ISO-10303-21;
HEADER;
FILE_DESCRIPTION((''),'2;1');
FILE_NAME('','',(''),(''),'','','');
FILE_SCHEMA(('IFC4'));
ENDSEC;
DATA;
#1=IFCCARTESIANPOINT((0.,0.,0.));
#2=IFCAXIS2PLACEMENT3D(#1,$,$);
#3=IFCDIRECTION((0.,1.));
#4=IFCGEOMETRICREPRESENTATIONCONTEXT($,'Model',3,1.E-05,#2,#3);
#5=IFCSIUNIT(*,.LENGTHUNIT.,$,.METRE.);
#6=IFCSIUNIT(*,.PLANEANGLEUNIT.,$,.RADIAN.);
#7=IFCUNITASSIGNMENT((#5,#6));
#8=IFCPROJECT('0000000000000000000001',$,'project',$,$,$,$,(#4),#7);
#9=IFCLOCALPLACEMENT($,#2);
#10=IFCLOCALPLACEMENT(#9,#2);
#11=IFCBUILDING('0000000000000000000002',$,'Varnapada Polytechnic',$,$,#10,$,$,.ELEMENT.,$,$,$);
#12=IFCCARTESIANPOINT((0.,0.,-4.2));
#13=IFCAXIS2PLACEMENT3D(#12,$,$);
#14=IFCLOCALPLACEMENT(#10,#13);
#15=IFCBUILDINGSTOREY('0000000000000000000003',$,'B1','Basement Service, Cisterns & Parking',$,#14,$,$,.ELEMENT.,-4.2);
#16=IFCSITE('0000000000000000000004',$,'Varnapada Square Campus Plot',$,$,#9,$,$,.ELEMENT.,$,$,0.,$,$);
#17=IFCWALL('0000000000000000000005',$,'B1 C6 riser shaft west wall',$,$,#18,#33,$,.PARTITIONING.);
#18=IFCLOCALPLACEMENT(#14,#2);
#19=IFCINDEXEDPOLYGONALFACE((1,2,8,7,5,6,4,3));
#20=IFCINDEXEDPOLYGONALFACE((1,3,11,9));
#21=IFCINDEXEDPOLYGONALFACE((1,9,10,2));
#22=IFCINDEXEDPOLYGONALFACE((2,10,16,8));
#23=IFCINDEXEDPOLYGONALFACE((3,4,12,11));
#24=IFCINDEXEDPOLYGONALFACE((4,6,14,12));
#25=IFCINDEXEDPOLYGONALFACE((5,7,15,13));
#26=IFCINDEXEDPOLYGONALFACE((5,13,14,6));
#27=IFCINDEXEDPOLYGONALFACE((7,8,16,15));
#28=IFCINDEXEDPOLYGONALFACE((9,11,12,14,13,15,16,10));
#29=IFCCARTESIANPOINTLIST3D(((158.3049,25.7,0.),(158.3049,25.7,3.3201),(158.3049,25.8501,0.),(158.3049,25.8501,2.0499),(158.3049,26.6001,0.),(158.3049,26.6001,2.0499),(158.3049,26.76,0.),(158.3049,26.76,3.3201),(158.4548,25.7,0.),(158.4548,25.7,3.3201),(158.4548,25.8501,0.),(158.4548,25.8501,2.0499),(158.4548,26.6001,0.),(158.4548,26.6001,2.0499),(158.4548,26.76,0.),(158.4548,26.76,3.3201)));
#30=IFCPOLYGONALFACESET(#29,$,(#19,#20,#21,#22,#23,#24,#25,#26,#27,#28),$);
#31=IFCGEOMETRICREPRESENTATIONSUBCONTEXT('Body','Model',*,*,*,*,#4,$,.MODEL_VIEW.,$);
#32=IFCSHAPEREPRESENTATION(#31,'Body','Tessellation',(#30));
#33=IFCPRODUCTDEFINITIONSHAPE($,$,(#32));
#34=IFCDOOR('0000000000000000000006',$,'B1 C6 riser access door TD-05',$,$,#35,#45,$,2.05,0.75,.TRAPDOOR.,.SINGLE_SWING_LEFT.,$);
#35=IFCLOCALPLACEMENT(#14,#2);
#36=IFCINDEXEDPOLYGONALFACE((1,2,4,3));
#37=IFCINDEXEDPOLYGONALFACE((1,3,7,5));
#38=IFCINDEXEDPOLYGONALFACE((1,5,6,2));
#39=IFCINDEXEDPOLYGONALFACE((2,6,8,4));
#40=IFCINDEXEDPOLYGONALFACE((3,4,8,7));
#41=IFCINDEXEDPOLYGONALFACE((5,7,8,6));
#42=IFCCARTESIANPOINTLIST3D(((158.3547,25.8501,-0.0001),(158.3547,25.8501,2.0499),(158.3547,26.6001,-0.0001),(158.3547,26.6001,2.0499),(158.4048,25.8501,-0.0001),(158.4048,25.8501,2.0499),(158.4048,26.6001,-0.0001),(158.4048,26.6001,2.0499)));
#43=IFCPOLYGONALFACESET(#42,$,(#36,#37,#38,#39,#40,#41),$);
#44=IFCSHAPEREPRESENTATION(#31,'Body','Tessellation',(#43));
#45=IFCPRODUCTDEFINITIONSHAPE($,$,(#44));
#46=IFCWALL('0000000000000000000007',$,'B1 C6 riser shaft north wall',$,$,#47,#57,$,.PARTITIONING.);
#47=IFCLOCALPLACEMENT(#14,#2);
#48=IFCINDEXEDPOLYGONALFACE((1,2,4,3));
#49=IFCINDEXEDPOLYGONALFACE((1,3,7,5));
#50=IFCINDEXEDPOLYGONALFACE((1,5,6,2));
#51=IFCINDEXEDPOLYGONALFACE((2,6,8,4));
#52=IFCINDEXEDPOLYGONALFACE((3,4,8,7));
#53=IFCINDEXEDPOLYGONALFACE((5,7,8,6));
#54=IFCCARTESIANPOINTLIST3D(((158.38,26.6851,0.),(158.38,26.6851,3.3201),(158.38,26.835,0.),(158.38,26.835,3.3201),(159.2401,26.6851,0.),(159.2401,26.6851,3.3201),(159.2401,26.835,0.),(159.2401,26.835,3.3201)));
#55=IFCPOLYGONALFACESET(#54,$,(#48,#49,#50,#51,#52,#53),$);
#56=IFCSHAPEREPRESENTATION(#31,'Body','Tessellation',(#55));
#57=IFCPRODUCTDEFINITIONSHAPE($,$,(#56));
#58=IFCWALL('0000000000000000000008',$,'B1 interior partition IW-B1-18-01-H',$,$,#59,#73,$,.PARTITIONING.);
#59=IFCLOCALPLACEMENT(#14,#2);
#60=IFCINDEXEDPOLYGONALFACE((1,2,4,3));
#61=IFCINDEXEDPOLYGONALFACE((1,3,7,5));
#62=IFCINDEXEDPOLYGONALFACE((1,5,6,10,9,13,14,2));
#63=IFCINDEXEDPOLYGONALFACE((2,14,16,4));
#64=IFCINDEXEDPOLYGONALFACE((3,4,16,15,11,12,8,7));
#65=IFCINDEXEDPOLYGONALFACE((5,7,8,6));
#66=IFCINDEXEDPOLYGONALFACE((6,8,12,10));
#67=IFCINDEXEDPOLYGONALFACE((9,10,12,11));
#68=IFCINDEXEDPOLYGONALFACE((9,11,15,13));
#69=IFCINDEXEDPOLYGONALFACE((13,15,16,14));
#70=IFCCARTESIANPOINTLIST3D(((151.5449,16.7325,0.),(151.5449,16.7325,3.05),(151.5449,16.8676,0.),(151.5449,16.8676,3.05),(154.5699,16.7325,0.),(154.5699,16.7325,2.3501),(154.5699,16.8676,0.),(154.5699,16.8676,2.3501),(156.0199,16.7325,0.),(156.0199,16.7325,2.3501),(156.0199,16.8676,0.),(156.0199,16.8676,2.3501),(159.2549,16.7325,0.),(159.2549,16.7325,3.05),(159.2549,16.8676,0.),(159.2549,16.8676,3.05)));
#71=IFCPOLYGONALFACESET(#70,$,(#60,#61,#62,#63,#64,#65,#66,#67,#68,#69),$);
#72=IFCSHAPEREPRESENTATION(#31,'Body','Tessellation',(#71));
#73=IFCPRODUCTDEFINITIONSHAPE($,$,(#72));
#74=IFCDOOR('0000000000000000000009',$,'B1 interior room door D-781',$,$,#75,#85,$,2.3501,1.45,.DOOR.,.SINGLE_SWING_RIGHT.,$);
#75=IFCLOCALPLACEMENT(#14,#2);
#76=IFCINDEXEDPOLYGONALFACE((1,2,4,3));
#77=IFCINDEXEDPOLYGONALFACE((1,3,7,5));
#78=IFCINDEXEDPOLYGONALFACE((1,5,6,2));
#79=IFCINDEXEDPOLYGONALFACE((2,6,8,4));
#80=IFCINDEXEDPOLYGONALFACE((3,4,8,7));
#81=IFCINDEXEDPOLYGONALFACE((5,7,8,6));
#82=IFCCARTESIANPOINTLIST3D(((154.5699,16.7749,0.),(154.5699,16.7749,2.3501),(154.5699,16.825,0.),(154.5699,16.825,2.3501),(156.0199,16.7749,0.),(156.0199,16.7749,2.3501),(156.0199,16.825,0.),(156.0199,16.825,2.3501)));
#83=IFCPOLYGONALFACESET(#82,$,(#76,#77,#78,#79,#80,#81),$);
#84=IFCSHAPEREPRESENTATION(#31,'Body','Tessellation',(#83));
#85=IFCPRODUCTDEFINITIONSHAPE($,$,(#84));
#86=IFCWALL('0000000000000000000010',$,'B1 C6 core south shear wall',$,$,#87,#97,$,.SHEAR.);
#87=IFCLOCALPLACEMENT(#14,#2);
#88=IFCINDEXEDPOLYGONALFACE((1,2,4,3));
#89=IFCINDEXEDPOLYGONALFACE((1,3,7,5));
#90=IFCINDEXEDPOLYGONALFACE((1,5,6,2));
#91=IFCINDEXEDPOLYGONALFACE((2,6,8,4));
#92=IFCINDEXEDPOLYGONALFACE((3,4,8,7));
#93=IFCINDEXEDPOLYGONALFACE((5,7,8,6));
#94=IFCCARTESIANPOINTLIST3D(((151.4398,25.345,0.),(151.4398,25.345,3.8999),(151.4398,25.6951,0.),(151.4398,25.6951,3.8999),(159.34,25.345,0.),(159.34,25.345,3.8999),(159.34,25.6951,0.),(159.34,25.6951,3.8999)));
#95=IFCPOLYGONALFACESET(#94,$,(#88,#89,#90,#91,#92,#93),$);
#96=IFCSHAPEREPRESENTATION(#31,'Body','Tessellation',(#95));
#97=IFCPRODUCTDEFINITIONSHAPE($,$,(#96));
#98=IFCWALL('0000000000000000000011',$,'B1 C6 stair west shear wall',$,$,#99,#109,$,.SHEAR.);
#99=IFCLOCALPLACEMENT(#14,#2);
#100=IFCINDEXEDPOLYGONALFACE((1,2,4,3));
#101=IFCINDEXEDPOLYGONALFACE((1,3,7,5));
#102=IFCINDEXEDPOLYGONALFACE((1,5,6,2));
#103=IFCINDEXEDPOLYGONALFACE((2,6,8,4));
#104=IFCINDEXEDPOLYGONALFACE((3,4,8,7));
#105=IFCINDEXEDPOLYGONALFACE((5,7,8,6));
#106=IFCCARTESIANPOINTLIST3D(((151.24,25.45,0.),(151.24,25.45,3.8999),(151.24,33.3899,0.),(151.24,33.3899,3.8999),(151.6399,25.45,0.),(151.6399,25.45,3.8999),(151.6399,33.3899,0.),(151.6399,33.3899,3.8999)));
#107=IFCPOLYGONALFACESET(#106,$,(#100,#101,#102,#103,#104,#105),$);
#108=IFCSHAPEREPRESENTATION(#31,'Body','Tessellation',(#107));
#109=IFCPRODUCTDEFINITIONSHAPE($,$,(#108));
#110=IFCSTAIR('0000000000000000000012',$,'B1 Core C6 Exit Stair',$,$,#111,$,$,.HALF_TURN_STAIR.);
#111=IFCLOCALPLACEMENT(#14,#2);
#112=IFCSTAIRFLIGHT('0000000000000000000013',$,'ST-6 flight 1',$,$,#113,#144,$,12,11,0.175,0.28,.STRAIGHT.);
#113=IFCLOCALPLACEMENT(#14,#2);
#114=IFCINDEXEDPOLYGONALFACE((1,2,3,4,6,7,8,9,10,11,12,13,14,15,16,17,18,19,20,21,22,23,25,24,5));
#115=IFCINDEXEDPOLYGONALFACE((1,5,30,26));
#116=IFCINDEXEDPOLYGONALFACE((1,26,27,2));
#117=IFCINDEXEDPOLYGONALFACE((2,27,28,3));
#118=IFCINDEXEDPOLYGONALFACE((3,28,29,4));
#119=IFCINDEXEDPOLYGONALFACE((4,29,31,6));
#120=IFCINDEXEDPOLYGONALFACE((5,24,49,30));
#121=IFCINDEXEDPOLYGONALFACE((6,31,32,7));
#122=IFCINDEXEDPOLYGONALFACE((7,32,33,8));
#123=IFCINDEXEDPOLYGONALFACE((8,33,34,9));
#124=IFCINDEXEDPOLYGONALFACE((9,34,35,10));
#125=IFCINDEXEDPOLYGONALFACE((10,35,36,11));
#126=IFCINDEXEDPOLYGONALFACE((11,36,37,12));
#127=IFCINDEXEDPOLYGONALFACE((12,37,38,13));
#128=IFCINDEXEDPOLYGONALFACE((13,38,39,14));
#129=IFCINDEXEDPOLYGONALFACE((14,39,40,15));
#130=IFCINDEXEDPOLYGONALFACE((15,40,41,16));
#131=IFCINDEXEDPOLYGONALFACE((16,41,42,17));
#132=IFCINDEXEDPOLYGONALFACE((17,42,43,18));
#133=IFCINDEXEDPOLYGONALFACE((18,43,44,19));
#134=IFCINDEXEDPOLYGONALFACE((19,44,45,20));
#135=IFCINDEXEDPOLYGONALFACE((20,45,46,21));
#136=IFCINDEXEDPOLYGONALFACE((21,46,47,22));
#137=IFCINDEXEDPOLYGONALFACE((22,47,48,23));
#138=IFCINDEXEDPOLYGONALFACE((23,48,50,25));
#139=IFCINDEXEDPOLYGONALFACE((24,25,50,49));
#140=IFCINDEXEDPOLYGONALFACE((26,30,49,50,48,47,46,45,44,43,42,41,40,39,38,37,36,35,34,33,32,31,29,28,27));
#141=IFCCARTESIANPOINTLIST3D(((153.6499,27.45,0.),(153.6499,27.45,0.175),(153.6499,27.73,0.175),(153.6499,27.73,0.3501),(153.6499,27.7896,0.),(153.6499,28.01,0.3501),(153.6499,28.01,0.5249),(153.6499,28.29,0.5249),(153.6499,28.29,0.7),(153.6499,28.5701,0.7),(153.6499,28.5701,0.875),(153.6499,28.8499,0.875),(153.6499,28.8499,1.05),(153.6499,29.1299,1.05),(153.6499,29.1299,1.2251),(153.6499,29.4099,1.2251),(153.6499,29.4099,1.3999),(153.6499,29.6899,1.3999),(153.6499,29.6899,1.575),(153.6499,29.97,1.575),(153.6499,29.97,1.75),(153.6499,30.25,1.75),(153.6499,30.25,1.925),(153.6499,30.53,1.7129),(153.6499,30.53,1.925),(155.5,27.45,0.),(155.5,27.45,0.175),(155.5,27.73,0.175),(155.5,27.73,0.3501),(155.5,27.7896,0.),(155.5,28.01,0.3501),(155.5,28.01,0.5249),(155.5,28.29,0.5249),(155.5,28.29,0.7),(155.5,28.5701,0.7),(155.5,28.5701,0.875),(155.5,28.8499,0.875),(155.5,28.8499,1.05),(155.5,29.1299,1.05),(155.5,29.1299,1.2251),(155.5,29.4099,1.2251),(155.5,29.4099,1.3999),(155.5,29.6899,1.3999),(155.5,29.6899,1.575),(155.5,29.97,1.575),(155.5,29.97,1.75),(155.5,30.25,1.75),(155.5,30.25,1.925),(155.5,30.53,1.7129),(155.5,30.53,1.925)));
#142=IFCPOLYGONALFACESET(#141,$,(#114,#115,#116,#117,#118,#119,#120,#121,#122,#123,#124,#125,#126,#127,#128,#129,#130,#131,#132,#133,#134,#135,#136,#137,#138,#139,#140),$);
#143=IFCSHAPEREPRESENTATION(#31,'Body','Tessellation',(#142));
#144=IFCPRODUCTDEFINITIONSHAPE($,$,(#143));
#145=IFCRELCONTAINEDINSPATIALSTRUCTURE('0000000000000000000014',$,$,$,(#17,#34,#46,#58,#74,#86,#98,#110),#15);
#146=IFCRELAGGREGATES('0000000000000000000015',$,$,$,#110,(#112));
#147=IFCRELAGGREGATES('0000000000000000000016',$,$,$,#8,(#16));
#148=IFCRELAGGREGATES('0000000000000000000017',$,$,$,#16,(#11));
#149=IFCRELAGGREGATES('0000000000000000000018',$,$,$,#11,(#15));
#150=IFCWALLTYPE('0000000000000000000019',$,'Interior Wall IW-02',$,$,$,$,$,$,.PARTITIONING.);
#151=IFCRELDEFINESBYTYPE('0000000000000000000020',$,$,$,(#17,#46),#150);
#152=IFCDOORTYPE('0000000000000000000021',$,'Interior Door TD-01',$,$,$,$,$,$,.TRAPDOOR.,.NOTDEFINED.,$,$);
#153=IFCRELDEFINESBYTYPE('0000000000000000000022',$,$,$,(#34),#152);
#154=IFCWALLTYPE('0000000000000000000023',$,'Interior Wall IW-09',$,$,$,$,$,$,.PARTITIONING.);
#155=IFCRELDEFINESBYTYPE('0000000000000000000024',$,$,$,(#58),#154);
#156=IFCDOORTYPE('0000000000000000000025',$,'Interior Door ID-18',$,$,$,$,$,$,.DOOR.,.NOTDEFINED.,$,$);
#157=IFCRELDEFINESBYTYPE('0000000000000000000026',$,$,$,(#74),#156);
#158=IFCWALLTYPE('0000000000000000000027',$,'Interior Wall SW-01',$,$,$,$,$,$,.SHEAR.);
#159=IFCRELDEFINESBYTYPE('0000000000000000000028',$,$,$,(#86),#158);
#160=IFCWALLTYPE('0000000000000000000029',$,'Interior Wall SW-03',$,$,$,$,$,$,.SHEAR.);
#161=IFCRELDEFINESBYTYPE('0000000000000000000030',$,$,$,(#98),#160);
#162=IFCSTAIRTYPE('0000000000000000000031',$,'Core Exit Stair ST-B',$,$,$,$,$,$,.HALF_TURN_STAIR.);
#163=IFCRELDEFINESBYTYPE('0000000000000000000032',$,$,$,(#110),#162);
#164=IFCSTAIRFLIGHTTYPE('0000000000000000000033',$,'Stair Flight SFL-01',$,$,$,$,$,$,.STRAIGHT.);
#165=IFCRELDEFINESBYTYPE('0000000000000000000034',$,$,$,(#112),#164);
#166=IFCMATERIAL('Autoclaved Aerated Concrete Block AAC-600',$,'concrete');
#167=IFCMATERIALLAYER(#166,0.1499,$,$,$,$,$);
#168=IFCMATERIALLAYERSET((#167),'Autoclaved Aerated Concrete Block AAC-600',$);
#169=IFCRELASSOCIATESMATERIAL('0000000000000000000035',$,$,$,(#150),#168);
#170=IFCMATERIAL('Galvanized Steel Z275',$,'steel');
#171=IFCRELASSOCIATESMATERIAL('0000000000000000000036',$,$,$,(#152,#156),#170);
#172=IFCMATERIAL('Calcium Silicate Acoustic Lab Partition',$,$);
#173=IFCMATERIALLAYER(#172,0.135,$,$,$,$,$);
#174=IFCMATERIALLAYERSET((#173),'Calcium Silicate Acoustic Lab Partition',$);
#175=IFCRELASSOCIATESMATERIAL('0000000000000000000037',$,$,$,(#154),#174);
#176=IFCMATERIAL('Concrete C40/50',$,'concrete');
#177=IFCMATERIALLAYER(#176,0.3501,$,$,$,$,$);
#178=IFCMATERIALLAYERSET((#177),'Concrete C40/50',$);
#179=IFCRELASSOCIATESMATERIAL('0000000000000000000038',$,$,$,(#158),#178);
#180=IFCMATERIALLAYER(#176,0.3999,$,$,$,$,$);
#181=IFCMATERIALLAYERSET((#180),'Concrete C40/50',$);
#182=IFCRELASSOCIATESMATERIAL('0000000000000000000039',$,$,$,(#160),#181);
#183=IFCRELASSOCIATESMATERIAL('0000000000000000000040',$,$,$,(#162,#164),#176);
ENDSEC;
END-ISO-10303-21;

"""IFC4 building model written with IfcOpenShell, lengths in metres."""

from ifc_helpers import new_model, si_unit, direction, frame, frame_2d, origin, place, context, subcontext, project, spatial, polyline, rectangle, outline, extrude, material, layer, layer_set, type_object, element, fill, aggregate, save


model = new_model("IFC4")

# Units and contexts
model_context = context("Model", 3, precision=1e-05, world=origin(), true_north=direction((0.0, 1.0)))
body_context = subcontext(model_context, "Body", "Model", "MODEL_VIEW")
ifc_project = project(units=[si_unit("LENGTHUNIT", "METRE"), si_unit("PLANEANGLEUNIT", "RADIAN")], contexts=[model_context])

# Site, building, storey
site_placement = place(None, origin())
site = spatial("IfcSite", under=ifc_project, at=site_placement, Name="Varnapada Square Campus Plot", CompositionType="ELEMENT", RefElevation=0.0)
building_placement = place(site_placement, origin())
building = spatial("IfcBuilding", under=site, at=building_placement, Name="Varnapada Polytechnic", CompositionType="ELEMENT")
storey_placement = place(building_placement, frame((0.0, 0.0, -4.2)))
storey = spatial("IfcBuildingStorey", under=building, at=storey_placement, Name="B1", Description="Basement Service, Cisterns & Parking", CompositionType="ELEMENT", Elevation=-4.2)

# Shared definitions
ifc_material_1 = material(Name="Concrete C40/50", Category="concrete")

# Wall, opening, door
ifc_material_2 = material(Name="Autoclaved Aerated Concrete Block AAC-600", Category="concrete")
ifc_layer_1 = layer(ifc_material_2, 0.1499)
ifc_layer_set_1 = layer_set([ifc_layer_1], Name="Autoclaved Aerated Concrete Block AAC-600")
wall_type_1 = type_object("IfcWallType", Name="Interior Wall IW-02", PredefinedType="PARTITIONING", material=ifc_layer_set_1)
wall_1_placement = place(storey_placement, frame((158.3799, 26.76, 0.0), z_axis=(0.0, 0.0, 1.0), x_axis=(0.0, -1.0, 0.0)))
wall_1 = element("IfcWall", 1, at=wall_1_placement, inside=storey, type_object=wall_type_1, Name="B1 C6 riser shaft west wall", PredefinedType="PARTITIONING", context=body_context, shape_type="SweptSolid", body=[
    extrude(rectangle(XDim=1.0601, YDim=0.1499, at=frame_2d((0.53, 0.0))), origin(), (0.0, 0.0, 1.0), 3.3201),
])
opening_1_placement = place(wall_1_placement, frame((0.1599, 0.0, 0.0)))
opening_1 = element("IfcOpeningElement", 2, at=opening_1_placement, cuts=wall_1, PredefinedType="OPENING", context=body_context, shape_type="SweptSolid", body=[
    extrude(rectangle(XDim=0.75, YDim=2.05, at=frame_2d((0.375, 1.0249))), frame((0.0, 0.085, 0.0), z_axis=(0.0, -1.0, 0.0), x_axis=(1.0, 0.0, 0.0)), (0.0, 0.0, 1.0), 0.1699),
])
ifc_material_3 = material(Name="Galvanized Steel Z275", Category="steel")
door_type_1 = type_object("IfcDoorType", Name="Interior Door TD-01", OperationType="NOTDEFINED", PredefinedType="TRAPDOOR", material=ifc_material_3)
door_1_placement = place(opening_1_placement, origin())
door_1 = element("IfcDoor", 3, at=door_1_placement, inside=storey, type_object=door_type_1, Name="B1 C6 riser access door TD-05", OperationType="SINGLE_SWING_LEFT", OverallHeight=2.05, OverallWidth=0.75, PredefinedType="TRAPDOOR", context=body_context, shape_type="SweptSolid", body=[
    extrude(rectangle(XDim=0.75, YDim=2.05, at=frame_2d((0.375, 1.0249))), frame((0.0, 0.0249, 0.0), z_axis=(0.0, -1.0, 0.0), x_axis=(1.0, 0.0, 0.0)), (0.0, 0.0, 1.0), 0.05),
])
fill(opening_1, door_1)

# Wall
wall_2_placement = place(storey_placement, frame((158.3799, 26.76, 0.0), z_axis=(0.0, 0.0, 1.0), x_axis=(1.0, 0.0, 0.0)))
element("IfcWall", 4, at=wall_2_placement, inside=storey, type_object=wall_type_1, Name="B1 C6 riser shaft north wall", PredefinedType="PARTITIONING", context=body_context, shape_type="SweptSolid", body=[
    extrude(rectangle(XDim=0.8601, YDim=0.1499, at=frame_2d((0.4302, 0.0))), origin(), (0.0, 0.0, 1.0), 3.3201),
])

# Wall, opening, door
ifc_material_4 = material(Name="Calcium Silicate Acoustic Lab Partition")
ifc_layer_2 = layer(ifc_material_4, 0.135)
ifc_layer_set_2 = layer_set([ifc_layer_2], Name="Calcium Silicate Acoustic Lab Partition")
wall_type_2 = type_object("IfcWallType", Name="Interior Wall IW-09", PredefinedType="PARTITIONING", material=ifc_layer_set_2)
wall_3_placement = place(storey_placement, frame((151.5449, 16.8, 0.0), z_axis=(0.0, 0.0, 1.0), x_axis=(1.0, 0.0, 0.0)))
wall_3 = element("IfcWall", 5, at=wall_3_placement, inside=storey, type_object=wall_type_2, Name="B1 interior partition IW-B1-18-01-H", PredefinedType="PARTITIONING", context=body_context, shape_type="SweptSolid", body=[
    extrude(rectangle(XDim=7.71, YDim=0.135, at=frame_2d((3.855, 0.0))), origin(), (0.0, 0.0, 1.0), 3.05),
])
opening_2_placement = place(wall_3_placement, frame((3.0249, 0.0, 0.0)))
opening_2 = element("IfcOpeningElement", 6, at=opening_2_placement, cuts=wall_3, PredefinedType="OPENING", context=body_context, shape_type="SweptSolid", body=[
    extrude(rectangle(XDim=1.45, YDim=2.3501, at=frame_2d((0.7251, 1.175))), frame((0.0, 0.0774, 0.0), z_axis=(0.0, -1.0, 0.0), x_axis=(1.0, 0.0, 0.0)), (0.0, 0.0, 1.0), 0.155),
])
door_type_2 = type_object("IfcDoorType", Name="Interior Door ID-18", OperationType="NOTDEFINED", PredefinedType="DOOR", material=ifc_material_3)
door_2_placement = place(opening_2_placement, origin())
door_2 = element("IfcDoor", 7, at=door_2_placement, inside=storey, type_object=door_type_2, Name="B1 interior room door D-781", OperationType="SINGLE_SWING_RIGHT", OverallHeight=2.3501, OverallWidth=1.45, PredefinedType="DOOR", context=body_context, shape_type="SweptSolid", body=[
    extrude(rectangle(XDim=1.45, YDim=2.3501, at=frame_2d((0.7251, 1.175))), frame((0.0, 0.0249, 0.0), z_axis=(0.0, -1.0, 0.0), x_axis=(1.0, 0.0, 0.0)), (0.0, 0.0, 1.0), 0.05),
])
fill(opening_2, door_2)

# Wall
ifc_layer_3 = layer(ifc_material_1, 0.3501)
ifc_layer_set_3 = layer_set([ifc_layer_3], Name="Concrete C40/50")
wall_type_3 = type_object("IfcWallType", Name="Interior Wall SW-01", PredefinedType="SHEAR", material=ifc_layer_set_3)
wall_4_placement = place(storey_placement, frame((159.3401, 25.52, 0.0), z_axis=(0.0, 0.0, 1.0), x_axis=(-1.0, 0.0, 0.0)))
element("IfcWall", 8, at=wall_4_placement, inside=storey, type_object=wall_type_3, Name="B1 C6 core south shear wall", PredefinedType="SHEAR", context=body_context, shape_type="SweptSolid", body=[
    extrude(rectangle(XDim=7.9001, YDim=0.3501, at=frame_2d((3.9502, 0.0))), origin(), (0.0, 0.0, 1.0), 3.8999),
])

# Wall
ifc_layer_4 = layer(ifc_material_1, 0.3999)
ifc_layer_set_4 = layer_set([ifc_layer_4], Name="Concrete C40/50")
wall_type_4 = type_object("IfcWallType", Name="Interior Wall SW-03", PredefinedType="SHEAR", material=ifc_layer_set_4)
wall_5_placement = place(storey_placement, frame((151.4399, 25.45, 0.0), z_axis=(0.0, 0.0, 1.0), x_axis=(0.0, 1.0, 0.0)))
element("IfcWall", 9, at=wall_5_placement, inside=storey, type_object=wall_type_4, Name="B1 C6 stair west shear wall", PredefinedType="SHEAR", context=body_context, shape_type="SweptSolid", body=[
    extrude(rectangle(XDim=7.9399, YDim=0.3999, at=frame_2d((3.97, 0.0))), origin(), (0.0, 0.0, 1.0), 3.8999),
])

# Stair, stair flight
stair_type = type_object("IfcStairType", Name="Core Exit Stair ST-B", PredefinedType="HALF_TURN_STAIR", material=ifc_material_1)
stair_placement = place(storey_placement, origin())
stair = element("IfcStair", 10, at=stair_placement, inside=storey, type_object=stair_type, Name="B1 Core C6 Exit Stair", PredefinedType="HALF_TURN_STAIR")
stair_flight_type = type_object("IfcStairFlightType", Name="Stair Flight SFL-01", PredefinedType="STRAIGHT", material=ifc_material_1)
stair_flight_1_placement = place(storey_placement, frame((154.575, 27.45, 0.0), z_axis=(0.0, 0.0, 1.0), x_axis=(0.0, 1.0, 0.0)))
stair_flight_1 = element("IfcStairFlight", 11, at=stair_flight_1_placement, type_object=stair_flight_type, Name="ST-6 flight 1", NumberOfRisers=12, NumberOfTreads=11, PredefinedType="STRAIGHT", RiserHeight=0.175, TreadLength=0.28, context=body_context, shape_type="SweptSolid", body=[
    extrude(outline(polyline([(0.0, 0.0), (0.0, 0.175), (0.28, 0.175), (0.28, 0.3501), (0.5601, 0.3501), (0.5601, 0.5249), (0.8401, 0.5249), (0.8401, 0.7), (1.1201, 0.7), (1.1201, 0.875), (1.3999, 0.875), (1.3999, 1.05), (1.6799, 1.05), (1.6799, 1.2251), (1.96, 1.2251), (1.96, 1.3999), (2.24, 1.3999), (2.24, 1.575), (2.52, 1.575), (2.52, 1.75), (2.8, 1.75), (2.8, 1.925), (3.0801, 1.925), (3.0801, 2.1001), (3.0801, 1.7129), (0.3396, 0.0), (0.0, 0.0)])), frame((0.0, 0.925, 0.0), z_axis=(0.0, -1.0, 0.0), x_axis=(1.0, 0.0, 0.0)), (0.0, 0.0, 1.0), 1.8501),
])
aggregate(stair, [stair_flight_1])

save(model, "model.ifc")
